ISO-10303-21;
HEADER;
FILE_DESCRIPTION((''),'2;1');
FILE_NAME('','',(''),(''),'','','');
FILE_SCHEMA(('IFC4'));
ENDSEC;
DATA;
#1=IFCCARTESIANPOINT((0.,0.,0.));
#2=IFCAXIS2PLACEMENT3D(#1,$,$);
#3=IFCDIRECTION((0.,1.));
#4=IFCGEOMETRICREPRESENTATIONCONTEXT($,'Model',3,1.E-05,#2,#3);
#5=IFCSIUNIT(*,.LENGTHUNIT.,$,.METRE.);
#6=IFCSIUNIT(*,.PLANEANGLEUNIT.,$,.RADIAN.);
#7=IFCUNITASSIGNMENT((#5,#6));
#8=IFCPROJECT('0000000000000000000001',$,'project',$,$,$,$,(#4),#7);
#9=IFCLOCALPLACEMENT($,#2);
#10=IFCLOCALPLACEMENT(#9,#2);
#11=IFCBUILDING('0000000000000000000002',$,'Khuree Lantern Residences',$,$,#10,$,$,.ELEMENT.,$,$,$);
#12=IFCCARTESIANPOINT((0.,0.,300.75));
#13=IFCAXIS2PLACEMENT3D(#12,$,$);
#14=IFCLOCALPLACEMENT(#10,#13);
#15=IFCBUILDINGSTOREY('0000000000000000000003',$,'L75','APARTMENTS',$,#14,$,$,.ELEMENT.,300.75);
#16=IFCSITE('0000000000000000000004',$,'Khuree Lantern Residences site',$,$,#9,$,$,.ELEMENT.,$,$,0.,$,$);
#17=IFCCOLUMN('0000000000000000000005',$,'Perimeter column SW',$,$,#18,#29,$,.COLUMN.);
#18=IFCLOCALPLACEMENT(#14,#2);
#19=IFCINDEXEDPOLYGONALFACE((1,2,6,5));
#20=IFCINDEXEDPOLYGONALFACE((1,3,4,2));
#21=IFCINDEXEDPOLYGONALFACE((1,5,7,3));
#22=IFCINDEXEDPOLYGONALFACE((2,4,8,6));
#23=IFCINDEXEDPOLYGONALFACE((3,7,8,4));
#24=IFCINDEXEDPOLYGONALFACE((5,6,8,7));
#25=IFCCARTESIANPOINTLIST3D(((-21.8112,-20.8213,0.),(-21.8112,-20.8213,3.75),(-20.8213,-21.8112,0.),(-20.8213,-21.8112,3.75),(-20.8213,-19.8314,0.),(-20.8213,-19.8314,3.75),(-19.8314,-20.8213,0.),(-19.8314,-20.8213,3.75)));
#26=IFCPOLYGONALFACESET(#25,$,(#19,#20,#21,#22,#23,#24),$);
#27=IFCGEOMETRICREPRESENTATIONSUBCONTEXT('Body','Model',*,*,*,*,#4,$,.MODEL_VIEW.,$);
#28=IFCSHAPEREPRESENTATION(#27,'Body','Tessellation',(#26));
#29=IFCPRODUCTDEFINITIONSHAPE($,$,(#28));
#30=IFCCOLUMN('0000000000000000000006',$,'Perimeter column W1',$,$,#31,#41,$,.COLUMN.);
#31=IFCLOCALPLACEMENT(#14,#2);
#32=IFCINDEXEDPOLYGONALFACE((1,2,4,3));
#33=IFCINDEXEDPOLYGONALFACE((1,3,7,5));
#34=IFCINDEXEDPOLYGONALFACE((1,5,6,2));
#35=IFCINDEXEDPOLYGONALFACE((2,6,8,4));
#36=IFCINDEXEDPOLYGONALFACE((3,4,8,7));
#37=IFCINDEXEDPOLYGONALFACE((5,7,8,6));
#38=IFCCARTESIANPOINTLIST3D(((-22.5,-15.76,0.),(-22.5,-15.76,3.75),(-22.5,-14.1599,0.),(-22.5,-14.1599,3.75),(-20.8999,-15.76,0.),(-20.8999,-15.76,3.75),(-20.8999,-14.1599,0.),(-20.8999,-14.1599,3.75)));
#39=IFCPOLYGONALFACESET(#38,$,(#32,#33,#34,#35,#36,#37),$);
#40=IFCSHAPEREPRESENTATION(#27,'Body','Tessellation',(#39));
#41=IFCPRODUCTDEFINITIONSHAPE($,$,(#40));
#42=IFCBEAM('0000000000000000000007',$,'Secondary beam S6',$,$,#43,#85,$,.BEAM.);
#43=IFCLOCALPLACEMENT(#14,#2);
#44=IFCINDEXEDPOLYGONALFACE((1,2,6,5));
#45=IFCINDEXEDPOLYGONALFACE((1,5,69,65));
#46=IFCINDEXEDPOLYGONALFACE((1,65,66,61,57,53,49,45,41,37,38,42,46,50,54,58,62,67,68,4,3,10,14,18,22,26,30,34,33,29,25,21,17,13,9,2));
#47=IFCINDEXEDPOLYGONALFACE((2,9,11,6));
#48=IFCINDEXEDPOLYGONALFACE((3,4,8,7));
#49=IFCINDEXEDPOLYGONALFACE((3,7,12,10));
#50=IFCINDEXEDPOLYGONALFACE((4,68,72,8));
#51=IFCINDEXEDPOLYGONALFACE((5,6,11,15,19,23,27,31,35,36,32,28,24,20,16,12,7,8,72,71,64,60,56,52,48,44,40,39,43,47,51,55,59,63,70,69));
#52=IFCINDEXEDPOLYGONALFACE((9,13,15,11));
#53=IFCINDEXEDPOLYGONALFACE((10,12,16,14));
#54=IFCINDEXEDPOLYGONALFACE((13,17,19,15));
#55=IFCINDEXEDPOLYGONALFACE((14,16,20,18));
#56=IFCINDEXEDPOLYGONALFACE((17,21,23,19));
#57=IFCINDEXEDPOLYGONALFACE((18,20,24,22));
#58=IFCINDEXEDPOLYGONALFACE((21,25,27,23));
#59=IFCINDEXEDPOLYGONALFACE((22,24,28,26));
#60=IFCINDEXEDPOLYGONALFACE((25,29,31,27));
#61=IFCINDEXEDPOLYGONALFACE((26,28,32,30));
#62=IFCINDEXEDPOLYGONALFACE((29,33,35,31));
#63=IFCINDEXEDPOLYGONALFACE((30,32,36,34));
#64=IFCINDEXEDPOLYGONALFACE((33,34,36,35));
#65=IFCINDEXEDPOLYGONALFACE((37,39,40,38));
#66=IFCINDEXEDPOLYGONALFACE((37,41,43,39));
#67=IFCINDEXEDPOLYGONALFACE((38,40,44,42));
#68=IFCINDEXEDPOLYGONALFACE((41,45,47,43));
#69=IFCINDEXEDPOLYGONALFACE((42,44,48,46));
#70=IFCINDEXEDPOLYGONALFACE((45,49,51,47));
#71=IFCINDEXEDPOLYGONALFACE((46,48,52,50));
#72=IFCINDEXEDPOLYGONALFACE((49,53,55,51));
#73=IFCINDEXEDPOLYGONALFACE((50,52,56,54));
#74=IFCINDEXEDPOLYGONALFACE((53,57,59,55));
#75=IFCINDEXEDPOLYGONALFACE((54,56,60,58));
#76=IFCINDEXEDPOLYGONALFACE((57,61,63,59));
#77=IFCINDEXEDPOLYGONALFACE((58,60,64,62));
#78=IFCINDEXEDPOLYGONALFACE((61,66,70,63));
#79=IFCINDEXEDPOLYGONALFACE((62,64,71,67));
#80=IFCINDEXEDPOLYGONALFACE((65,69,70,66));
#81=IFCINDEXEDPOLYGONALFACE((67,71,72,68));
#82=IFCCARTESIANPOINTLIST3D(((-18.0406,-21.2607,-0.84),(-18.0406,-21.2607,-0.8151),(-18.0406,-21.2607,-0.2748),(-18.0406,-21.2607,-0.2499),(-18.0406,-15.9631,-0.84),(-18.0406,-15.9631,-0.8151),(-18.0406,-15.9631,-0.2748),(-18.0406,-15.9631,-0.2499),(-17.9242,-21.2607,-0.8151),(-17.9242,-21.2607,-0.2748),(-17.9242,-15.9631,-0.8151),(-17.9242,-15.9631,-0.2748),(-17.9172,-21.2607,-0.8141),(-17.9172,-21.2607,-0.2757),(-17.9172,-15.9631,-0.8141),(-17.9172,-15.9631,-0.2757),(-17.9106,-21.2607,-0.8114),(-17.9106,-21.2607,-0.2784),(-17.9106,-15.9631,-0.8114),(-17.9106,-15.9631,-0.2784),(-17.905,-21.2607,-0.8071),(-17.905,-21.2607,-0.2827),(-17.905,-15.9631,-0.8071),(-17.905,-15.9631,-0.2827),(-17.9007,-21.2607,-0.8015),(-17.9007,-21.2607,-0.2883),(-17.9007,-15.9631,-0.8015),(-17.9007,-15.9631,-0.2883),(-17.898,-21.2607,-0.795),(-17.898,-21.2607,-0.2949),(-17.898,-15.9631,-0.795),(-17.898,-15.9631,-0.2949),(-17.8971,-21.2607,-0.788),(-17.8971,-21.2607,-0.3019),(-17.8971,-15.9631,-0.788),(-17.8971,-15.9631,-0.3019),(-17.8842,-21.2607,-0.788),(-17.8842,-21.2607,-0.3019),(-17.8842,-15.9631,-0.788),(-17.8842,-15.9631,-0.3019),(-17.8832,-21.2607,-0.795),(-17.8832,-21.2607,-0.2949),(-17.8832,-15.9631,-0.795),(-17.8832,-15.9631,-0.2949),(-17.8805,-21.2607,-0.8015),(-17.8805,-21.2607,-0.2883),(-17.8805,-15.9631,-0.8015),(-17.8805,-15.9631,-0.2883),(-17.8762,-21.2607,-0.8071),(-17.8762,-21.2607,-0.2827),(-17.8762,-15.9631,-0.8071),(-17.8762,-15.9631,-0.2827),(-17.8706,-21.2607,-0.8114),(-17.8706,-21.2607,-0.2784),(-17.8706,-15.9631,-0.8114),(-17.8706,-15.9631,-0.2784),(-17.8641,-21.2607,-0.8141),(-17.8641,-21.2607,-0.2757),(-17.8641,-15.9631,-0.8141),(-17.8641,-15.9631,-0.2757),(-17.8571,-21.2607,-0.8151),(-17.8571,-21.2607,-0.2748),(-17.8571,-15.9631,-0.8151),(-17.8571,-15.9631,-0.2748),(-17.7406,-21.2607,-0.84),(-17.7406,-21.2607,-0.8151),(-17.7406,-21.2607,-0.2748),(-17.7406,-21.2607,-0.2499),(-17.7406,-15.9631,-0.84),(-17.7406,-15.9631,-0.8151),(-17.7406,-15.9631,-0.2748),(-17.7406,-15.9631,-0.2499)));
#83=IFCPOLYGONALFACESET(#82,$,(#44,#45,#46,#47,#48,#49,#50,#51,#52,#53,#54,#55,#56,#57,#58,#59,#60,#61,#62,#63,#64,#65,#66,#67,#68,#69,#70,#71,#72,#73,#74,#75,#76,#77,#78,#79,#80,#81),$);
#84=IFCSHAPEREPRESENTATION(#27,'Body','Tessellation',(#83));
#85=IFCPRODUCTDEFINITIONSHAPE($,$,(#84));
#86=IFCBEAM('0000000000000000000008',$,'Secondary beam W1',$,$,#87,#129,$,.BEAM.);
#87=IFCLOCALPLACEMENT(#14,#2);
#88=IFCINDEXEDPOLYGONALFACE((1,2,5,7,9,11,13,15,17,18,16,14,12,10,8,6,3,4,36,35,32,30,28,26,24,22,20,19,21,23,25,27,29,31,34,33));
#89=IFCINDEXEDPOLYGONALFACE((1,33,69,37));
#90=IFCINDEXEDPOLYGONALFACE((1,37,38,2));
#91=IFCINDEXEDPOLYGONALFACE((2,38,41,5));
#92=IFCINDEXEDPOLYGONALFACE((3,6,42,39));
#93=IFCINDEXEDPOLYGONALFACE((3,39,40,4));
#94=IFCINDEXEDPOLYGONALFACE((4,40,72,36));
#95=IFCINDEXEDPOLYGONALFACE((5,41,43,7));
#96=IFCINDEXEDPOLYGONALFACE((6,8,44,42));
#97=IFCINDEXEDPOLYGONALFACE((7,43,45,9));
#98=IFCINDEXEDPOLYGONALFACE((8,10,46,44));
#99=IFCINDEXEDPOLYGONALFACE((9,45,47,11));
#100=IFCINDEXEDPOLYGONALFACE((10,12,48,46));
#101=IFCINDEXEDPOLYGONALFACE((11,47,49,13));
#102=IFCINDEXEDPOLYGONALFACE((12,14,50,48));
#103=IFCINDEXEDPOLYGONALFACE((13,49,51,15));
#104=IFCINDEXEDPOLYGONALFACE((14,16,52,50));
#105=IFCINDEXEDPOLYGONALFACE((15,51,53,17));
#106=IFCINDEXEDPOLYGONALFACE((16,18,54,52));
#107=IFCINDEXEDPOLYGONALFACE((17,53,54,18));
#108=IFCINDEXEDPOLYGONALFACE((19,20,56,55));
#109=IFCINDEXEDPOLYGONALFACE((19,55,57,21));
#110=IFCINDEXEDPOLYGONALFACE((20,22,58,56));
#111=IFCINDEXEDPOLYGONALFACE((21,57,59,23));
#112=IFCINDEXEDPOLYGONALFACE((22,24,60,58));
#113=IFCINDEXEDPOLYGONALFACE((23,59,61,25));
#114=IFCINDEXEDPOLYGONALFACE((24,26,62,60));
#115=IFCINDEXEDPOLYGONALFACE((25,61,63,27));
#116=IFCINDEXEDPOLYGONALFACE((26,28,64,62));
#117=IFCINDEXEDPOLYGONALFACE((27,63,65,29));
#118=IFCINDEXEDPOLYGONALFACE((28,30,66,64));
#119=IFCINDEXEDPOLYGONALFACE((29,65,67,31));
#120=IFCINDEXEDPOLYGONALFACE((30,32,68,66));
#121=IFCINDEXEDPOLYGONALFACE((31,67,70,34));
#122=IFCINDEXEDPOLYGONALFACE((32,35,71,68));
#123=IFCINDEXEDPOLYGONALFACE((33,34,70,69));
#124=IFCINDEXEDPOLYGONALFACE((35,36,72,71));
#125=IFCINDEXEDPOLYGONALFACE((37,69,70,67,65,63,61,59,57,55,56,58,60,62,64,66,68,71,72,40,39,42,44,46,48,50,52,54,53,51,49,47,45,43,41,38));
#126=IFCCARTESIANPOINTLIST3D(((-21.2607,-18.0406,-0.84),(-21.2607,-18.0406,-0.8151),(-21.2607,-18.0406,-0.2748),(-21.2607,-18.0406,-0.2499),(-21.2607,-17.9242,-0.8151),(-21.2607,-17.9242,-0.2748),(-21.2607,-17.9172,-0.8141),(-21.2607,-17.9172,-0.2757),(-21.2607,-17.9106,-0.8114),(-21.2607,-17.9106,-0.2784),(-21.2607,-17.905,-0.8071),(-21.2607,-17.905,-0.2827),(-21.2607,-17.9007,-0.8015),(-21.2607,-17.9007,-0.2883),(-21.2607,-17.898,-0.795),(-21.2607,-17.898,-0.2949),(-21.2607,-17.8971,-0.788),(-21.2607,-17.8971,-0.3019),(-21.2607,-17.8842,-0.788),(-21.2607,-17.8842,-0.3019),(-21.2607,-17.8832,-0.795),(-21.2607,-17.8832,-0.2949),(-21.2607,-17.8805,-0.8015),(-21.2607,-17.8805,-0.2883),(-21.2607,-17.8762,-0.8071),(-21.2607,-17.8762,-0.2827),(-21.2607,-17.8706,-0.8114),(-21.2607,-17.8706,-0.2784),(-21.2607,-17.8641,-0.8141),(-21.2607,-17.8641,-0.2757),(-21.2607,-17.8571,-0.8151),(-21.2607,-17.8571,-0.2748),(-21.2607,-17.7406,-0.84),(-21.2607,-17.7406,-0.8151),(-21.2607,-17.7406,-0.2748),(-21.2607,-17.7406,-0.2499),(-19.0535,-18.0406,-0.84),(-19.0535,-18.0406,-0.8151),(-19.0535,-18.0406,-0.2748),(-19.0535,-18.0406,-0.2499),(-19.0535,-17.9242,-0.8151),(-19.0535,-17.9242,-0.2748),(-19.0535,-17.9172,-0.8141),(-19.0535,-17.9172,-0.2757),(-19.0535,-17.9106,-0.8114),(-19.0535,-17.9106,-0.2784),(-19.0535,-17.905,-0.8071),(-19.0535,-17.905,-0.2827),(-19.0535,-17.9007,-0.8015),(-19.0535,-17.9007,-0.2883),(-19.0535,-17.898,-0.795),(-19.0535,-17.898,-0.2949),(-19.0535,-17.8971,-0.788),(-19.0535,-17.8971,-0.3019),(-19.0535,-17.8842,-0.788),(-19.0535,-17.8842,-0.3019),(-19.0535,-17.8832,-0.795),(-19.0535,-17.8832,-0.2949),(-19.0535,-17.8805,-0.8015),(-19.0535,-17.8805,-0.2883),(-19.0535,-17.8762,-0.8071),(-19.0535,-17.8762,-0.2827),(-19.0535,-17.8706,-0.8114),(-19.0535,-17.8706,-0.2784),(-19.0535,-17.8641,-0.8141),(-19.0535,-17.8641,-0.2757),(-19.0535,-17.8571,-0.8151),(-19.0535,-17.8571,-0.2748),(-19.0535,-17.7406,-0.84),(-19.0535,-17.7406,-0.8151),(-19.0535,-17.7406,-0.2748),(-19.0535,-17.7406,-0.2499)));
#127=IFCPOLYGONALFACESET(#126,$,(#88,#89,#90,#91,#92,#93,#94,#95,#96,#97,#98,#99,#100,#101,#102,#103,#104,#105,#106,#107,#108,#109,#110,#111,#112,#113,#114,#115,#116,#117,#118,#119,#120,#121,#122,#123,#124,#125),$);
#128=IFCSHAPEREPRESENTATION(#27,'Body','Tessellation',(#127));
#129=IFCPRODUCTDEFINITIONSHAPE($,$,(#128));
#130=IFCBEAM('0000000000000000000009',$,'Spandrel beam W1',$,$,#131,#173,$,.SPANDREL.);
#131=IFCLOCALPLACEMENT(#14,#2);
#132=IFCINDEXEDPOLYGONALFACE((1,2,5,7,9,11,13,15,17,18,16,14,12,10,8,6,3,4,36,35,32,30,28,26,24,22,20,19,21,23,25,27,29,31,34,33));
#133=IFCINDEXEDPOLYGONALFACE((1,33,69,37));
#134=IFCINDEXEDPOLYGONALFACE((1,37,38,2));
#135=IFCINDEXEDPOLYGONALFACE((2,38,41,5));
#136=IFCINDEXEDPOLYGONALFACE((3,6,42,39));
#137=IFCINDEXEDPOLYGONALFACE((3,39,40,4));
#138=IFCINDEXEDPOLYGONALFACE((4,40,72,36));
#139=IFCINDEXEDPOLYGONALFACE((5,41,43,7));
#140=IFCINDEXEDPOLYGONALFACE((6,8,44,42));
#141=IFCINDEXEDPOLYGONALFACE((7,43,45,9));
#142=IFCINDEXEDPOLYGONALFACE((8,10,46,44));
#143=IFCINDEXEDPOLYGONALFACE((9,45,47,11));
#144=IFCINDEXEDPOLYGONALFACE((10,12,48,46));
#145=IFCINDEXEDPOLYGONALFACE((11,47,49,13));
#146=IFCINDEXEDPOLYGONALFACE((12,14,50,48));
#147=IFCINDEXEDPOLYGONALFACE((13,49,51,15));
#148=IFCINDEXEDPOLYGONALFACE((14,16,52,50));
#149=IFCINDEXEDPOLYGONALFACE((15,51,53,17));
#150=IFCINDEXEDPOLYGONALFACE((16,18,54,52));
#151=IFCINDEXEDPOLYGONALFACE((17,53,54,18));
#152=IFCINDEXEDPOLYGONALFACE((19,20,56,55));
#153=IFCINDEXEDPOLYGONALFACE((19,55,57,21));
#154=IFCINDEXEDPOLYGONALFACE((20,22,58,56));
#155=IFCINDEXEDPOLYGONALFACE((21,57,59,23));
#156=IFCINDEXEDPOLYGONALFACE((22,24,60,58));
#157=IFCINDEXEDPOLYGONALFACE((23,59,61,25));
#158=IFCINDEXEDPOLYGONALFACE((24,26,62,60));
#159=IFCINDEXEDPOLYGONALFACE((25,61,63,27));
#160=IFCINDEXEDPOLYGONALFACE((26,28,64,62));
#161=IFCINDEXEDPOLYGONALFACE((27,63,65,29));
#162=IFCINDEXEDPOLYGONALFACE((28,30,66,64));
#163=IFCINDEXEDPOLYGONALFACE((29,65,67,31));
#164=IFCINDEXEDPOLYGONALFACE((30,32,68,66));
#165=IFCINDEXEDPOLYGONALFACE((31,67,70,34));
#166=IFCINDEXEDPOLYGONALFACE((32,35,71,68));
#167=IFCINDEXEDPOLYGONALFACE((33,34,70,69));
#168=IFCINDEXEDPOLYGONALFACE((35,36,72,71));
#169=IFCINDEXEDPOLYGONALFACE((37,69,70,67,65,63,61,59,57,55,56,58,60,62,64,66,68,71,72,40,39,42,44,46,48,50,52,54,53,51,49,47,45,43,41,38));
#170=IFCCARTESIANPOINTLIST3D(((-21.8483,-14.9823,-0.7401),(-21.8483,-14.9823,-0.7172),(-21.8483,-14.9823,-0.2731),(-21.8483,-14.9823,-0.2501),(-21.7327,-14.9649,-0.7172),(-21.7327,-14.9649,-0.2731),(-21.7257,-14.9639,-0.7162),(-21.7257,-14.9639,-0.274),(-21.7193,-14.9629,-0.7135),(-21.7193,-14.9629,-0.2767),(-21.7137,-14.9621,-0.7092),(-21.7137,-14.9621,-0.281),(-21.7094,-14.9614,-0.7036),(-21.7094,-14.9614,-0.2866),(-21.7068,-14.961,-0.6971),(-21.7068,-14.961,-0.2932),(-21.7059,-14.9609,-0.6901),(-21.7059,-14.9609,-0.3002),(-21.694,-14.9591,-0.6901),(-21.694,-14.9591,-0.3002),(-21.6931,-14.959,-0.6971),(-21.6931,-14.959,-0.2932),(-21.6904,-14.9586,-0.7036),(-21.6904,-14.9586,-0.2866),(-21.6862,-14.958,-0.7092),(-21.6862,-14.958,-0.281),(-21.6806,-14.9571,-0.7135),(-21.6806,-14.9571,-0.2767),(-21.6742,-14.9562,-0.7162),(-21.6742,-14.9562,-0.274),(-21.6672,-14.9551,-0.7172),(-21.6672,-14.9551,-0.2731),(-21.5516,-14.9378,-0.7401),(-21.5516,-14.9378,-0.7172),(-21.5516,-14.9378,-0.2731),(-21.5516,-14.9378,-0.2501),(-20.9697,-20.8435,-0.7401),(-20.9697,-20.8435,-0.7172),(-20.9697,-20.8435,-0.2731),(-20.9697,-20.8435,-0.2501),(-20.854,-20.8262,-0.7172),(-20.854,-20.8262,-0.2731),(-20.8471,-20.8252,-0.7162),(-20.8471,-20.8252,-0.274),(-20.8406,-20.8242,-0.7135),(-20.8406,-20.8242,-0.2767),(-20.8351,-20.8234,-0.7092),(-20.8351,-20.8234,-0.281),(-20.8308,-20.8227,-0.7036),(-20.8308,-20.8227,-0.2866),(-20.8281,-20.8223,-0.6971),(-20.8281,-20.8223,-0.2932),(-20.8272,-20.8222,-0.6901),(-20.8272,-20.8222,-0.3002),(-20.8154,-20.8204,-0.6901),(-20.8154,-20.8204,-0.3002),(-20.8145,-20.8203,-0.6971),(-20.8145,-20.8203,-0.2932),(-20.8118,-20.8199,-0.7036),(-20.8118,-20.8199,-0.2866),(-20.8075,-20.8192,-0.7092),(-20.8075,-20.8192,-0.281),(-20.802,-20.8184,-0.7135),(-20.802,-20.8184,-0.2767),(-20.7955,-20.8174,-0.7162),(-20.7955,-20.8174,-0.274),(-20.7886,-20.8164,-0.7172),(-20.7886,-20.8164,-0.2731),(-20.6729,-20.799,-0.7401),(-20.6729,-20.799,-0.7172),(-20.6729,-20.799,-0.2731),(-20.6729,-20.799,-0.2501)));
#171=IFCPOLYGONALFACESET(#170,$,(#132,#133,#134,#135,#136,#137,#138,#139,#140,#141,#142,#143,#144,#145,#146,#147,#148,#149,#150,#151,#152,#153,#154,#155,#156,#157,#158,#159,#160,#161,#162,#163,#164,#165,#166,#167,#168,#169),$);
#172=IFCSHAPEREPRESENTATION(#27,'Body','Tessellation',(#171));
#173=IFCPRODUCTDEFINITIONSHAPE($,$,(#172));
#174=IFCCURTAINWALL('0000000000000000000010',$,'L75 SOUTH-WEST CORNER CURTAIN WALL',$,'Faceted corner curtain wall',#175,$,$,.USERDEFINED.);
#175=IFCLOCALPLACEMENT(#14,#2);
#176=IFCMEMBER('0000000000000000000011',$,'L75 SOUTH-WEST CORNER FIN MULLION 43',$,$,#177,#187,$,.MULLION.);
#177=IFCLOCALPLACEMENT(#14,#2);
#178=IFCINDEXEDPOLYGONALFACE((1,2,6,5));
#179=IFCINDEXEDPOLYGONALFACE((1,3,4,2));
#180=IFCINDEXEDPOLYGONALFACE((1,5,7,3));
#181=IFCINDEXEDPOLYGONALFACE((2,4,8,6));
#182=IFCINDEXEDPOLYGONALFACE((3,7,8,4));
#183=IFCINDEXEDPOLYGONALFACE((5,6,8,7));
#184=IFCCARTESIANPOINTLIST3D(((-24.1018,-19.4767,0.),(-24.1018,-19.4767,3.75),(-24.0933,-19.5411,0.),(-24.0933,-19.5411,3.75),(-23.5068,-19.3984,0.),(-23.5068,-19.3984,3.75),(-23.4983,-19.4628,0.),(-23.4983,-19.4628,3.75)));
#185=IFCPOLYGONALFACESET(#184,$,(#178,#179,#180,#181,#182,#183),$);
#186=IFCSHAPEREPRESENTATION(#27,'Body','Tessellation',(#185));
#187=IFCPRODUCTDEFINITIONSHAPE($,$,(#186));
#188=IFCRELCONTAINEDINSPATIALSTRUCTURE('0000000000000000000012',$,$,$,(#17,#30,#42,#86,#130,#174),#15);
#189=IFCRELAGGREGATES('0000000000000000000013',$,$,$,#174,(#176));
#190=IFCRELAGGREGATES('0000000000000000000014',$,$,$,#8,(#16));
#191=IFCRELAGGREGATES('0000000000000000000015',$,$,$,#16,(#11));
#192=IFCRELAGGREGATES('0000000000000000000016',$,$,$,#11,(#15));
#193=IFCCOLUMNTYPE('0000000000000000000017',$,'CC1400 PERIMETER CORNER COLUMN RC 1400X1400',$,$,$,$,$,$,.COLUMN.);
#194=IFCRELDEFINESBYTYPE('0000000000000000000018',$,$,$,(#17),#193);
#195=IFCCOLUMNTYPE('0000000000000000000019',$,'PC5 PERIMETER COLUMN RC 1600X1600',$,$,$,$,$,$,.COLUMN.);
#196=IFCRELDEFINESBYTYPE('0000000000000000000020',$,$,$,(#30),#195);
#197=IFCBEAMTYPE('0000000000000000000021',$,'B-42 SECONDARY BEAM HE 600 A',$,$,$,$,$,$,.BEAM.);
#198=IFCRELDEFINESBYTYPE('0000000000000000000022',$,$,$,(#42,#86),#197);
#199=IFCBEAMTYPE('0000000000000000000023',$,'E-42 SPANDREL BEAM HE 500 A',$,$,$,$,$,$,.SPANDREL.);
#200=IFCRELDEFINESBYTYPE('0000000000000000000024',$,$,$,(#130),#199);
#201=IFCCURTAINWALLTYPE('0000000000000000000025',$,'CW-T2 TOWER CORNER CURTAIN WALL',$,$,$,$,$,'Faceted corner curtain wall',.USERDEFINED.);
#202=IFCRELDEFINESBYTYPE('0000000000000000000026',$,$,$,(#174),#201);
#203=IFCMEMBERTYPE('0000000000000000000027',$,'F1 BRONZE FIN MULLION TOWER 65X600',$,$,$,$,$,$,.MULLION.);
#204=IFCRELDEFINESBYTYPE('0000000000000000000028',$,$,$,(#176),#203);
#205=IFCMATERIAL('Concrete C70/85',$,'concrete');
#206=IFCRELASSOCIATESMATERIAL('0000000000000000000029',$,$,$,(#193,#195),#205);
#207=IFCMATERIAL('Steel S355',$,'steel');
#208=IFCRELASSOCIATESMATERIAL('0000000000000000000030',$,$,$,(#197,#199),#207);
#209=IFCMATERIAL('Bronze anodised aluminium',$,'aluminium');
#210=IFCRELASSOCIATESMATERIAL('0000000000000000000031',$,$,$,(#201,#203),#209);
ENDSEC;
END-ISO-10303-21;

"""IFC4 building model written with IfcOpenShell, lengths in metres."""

from ifc_helpers import new_model, si_unit, direction, frame, origin, origin_2d, place, context, subcontext, project, spatial, rectangle, i_section, extrude, material, material_profile, profile_set, type_object, element, aggregate, save


model = new_model("IFC4")

# Units and contexts
model_context = context("Model", 3, precision=1e-05, world=origin(), true_north=direction((0.0, 1.0)))
body_context = subcontext(model_context, "Body", "Model", "MODEL_VIEW")
ifc_project = project(units=[si_unit("LENGTHUNIT", "METRE"), si_unit("PLANEANGLEUNIT", "RADIAN")], contexts=[model_context])

# Site, building, storey
site_placement = place(None, origin())
site = spatial("IfcSite", under=ifc_project, at=site_placement, Name="Khuree Lantern Residences site", CompositionType="ELEMENT", RefElevation=0.0)
building_placement = place(site_placement, origin())
building = spatial("IfcBuilding", under=site, at=building_placement, Name="Khuree Lantern Residences", CompositionType="ELEMENT")
storey_placement = place(building_placement, frame((0.0, 0.0, 300.75)))
storey = spatial("IfcBuildingStorey", under=building, at=storey_placement, Name="L75", Description="APARTMENTS", CompositionType="ELEMENT", Elevation=300.75)

# Columns
ifc_material_1 = material(Name="Concrete C70/85", Category="concrete")
ifc_material_profile_1 = material_profile(ifc_material_1, rectangle(XDim=1.3999, YDim=1.3999, at=origin_2d()), Name="RC 1400X1400")
ifc_profile_set_1 = profile_set([ifc_material_profile_1], Name="Concrete C70/85")
column_type_1 = type_object("IfcColumnType", Name="CC1400 PERIMETER CORNER COLUMN RC 1400X1400", PredefinedType="COLUMN", material=ifc_profile_set_1)
column_1_placement = place(storey_placement, frame((-20.8213, -20.8213, 0.0), z_axis=(0.0, 0.0, 1.0), x_axis=(0.707107, -0.707107, 0.0)))
element("IfcColumn", 1, at=column_1_placement, inside=storey, type_object=column_type_1, Name="Perimeter column SW", PredefinedType="COLUMN", context=body_context, shape_type="SweptSolid", body=[
    extrude(rectangle(XDim=1.3999, YDim=1.3999, at=origin_2d()), origin(), (0.0, 0.0, 1.0), 3.75),
])
ifc_material_profile_2 = material_profile(ifc_material_1, rectangle(XDim=1.6001, YDim=1.6001, at=origin_2d()), Name="RC 1600X1600")
ifc_profile_set_2 = profile_set([ifc_material_profile_2], Name="Concrete C70/85")
column_type_2 = type_object("IfcColumnType", Name="PC5 PERIMETER COLUMN RC 1600X1600", PredefinedType="COLUMN", material=ifc_profile_set_2)
column_2_placement = place(storey_placement, frame((-21.7, -14.96, 0.0), z_axis=(0.0, 0.0, 1.0), x_axis=(0.0, 1.0, 0.0)))
element("IfcColumn", 2, at=column_2_placement, inside=storey, type_object=column_type_2, Name="Perimeter column W1", PredefinedType="COLUMN", context=body_context, shape_type="SweptSolid", body=[
    extrude(rectangle(XDim=1.6001, YDim=1.6001, at=origin_2d()), origin(), (0.0, 0.0, 1.0), 3.75),
])

# Beams
ifc_material_2 = material(Name="Steel S355", Category="steel")
ifc_material_profile_3 = material_profile(ifc_material_2, i_section(OverallWidth=0.3, OverallDepth=0.5901, WebThickness=0.0129, FlangeThickness=0.0249, FilletRadius=0.0271, at=origin_2d()), Name="HE 600 A")
ifc_profile_set_3 = profile_set([ifc_material_profile_3], Name="Steel S355")
beam_type_1 = type_object("IfcBeamType", Name="B-42 SECONDARY BEAM HE 600 A", PredefinedType="BEAM", material=ifc_profile_set_3)
beam_1_placement = place(storey_placement, frame((-17.8906, -21.2607, -0.5449), z_axis=(0.0, 1.0, 0.0), x_axis=(-1.0, 0.0, 0.0)))
element("IfcBeam", 3, at=beam_1_placement, inside=storey, type_object=beam_type_1, Name="Secondary beam S6", PredefinedType="BEAM", context=body_context, shape_type="SweptSolid", body=[
    extrude(i_section(OverallWidth=0.3, OverallDepth=0.5901, WebThickness=0.0129, FlangeThickness=0.0249, FilletRadius=0.0271, at=origin_2d()), origin(), (0.0, 0.0, 1.0), 5.2976),
])
beam_2_placement = place(storey_placement, frame((-21.2607, -17.8906, -0.5449), z_axis=(1.0, 0.0, 0.0), x_axis=(0.0, 1.0, 0.0)))
element("IfcBeam", 4, at=beam_2_placement, inside=storey, type_object=beam_type_1, Name="Secondary beam W1", PredefinedType="BEAM", context=body_context, shape_type="SweptSolid", body=[
    extrude(i_section(OverallWidth=0.3, OverallDepth=0.5901, WebThickness=0.0129, FlangeThickness=0.0249, FilletRadius=0.0271, at=origin_2d()), origin(), (0.0, 0.0, 1.0), 2.2073),
])
ifc_material_profile_4 = material_profile(ifc_material_2, i_section(OverallWidth=0.3, OverallDepth=0.49, WebThickness=0.012, FlangeThickness=0.0229, FilletRadius=0.0271, at=origin_2d()), Name="HE 500 A")
ifc_profile_set_4 = profile_set([ifc_material_profile_4], Name="Steel S355")
beam_type_2 = type_object("IfcBeamType", Name="E-42 SPANDREL BEAM HE 500 A", PredefinedType="SPANDREL", material=ifc_profile_set_4)
beam_3_placement = place(storey_placement, frame((-20.8213, -20.8213, -0.4951), z_axis=(-0.148252, 0.98895, 0.0), x_axis=(-0.98895, -0.148252, 0.0)))
element("IfcBeam", 5, at=beam_3_placement, inside=storey, type_object=beam_type_2, Name="Spandrel beam W1", PredefinedType="SPANDREL", context=body_context, shape_type="SweptSolid", body=[
    extrude(i_section(OverallWidth=0.3, OverallDepth=0.49, WebThickness=0.012, FlangeThickness=0.0229, FilletRadius=0.0271, at=origin_2d()), origin(), (0.0, 0.0, 1.0), 5.9268),
])

# Curtain wall, member
ifc_material_3 = material(Name="Bronze anodised aluminium", Category="aluminium")
curtain_wall_type_1 = type_object("IfcCurtainWallType", Name="CW-T2 TOWER CORNER CURTAIN WALL", ElementType="Faceted corner curtain wall", PredefinedType="USERDEFINED", material=ifc_material_3)
curtain_wall_1_placement = place(storey_placement, origin())
curtain_wall_1 = element("IfcCurtainWall", 6, at=curtain_wall_1_placement, inside=storey, type_object=curtain_wall_type_1, Name="L75 SOUTH-WEST CORNER CURTAIN WALL", ObjectType="Faceted corner curtain wall", PredefinedType="USERDEFINED")
ifc_material_profile_5 = material_profile(ifc_material_3, rectangle(XDim=0.0649, YDim=0.6001, at=origin_2d()), Name="F1 65X600")
ifc_profile_set_5 = profile_set([ifc_material_profile_5], Name="Bronze anodised aluminium")
member_type_1 = type_object("IfcMemberType", Name="F1 BRONZE FIN MULLION TOWER 65X600", PredefinedType="MULLION", material=ifc_profile_set_5)
member_1_placement = place(storey_placement, frame((-23.8, -19.4697, 0.0), z_axis=(0.0, 0.0, 1.0), x_axis=(0.130526, -0.991445, 0.0)))
member_1 = element("IfcMember", 7, at=member_1_placement, type_object=member_type_1, Name="L75 SOUTH-WEST CORNER FIN MULLION 43", PredefinedType="MULLION", context=body_context, shape_type="SweptSolid", body=[
    extrude(rectangle(XDim=0.0649, YDim=0.6001, at=origin_2d()), origin(), (0.0, 0.0, 1.0), 3.75),
])

aggregate(curtain_wall_1, [member_1])

save(model, "model.ifc")
